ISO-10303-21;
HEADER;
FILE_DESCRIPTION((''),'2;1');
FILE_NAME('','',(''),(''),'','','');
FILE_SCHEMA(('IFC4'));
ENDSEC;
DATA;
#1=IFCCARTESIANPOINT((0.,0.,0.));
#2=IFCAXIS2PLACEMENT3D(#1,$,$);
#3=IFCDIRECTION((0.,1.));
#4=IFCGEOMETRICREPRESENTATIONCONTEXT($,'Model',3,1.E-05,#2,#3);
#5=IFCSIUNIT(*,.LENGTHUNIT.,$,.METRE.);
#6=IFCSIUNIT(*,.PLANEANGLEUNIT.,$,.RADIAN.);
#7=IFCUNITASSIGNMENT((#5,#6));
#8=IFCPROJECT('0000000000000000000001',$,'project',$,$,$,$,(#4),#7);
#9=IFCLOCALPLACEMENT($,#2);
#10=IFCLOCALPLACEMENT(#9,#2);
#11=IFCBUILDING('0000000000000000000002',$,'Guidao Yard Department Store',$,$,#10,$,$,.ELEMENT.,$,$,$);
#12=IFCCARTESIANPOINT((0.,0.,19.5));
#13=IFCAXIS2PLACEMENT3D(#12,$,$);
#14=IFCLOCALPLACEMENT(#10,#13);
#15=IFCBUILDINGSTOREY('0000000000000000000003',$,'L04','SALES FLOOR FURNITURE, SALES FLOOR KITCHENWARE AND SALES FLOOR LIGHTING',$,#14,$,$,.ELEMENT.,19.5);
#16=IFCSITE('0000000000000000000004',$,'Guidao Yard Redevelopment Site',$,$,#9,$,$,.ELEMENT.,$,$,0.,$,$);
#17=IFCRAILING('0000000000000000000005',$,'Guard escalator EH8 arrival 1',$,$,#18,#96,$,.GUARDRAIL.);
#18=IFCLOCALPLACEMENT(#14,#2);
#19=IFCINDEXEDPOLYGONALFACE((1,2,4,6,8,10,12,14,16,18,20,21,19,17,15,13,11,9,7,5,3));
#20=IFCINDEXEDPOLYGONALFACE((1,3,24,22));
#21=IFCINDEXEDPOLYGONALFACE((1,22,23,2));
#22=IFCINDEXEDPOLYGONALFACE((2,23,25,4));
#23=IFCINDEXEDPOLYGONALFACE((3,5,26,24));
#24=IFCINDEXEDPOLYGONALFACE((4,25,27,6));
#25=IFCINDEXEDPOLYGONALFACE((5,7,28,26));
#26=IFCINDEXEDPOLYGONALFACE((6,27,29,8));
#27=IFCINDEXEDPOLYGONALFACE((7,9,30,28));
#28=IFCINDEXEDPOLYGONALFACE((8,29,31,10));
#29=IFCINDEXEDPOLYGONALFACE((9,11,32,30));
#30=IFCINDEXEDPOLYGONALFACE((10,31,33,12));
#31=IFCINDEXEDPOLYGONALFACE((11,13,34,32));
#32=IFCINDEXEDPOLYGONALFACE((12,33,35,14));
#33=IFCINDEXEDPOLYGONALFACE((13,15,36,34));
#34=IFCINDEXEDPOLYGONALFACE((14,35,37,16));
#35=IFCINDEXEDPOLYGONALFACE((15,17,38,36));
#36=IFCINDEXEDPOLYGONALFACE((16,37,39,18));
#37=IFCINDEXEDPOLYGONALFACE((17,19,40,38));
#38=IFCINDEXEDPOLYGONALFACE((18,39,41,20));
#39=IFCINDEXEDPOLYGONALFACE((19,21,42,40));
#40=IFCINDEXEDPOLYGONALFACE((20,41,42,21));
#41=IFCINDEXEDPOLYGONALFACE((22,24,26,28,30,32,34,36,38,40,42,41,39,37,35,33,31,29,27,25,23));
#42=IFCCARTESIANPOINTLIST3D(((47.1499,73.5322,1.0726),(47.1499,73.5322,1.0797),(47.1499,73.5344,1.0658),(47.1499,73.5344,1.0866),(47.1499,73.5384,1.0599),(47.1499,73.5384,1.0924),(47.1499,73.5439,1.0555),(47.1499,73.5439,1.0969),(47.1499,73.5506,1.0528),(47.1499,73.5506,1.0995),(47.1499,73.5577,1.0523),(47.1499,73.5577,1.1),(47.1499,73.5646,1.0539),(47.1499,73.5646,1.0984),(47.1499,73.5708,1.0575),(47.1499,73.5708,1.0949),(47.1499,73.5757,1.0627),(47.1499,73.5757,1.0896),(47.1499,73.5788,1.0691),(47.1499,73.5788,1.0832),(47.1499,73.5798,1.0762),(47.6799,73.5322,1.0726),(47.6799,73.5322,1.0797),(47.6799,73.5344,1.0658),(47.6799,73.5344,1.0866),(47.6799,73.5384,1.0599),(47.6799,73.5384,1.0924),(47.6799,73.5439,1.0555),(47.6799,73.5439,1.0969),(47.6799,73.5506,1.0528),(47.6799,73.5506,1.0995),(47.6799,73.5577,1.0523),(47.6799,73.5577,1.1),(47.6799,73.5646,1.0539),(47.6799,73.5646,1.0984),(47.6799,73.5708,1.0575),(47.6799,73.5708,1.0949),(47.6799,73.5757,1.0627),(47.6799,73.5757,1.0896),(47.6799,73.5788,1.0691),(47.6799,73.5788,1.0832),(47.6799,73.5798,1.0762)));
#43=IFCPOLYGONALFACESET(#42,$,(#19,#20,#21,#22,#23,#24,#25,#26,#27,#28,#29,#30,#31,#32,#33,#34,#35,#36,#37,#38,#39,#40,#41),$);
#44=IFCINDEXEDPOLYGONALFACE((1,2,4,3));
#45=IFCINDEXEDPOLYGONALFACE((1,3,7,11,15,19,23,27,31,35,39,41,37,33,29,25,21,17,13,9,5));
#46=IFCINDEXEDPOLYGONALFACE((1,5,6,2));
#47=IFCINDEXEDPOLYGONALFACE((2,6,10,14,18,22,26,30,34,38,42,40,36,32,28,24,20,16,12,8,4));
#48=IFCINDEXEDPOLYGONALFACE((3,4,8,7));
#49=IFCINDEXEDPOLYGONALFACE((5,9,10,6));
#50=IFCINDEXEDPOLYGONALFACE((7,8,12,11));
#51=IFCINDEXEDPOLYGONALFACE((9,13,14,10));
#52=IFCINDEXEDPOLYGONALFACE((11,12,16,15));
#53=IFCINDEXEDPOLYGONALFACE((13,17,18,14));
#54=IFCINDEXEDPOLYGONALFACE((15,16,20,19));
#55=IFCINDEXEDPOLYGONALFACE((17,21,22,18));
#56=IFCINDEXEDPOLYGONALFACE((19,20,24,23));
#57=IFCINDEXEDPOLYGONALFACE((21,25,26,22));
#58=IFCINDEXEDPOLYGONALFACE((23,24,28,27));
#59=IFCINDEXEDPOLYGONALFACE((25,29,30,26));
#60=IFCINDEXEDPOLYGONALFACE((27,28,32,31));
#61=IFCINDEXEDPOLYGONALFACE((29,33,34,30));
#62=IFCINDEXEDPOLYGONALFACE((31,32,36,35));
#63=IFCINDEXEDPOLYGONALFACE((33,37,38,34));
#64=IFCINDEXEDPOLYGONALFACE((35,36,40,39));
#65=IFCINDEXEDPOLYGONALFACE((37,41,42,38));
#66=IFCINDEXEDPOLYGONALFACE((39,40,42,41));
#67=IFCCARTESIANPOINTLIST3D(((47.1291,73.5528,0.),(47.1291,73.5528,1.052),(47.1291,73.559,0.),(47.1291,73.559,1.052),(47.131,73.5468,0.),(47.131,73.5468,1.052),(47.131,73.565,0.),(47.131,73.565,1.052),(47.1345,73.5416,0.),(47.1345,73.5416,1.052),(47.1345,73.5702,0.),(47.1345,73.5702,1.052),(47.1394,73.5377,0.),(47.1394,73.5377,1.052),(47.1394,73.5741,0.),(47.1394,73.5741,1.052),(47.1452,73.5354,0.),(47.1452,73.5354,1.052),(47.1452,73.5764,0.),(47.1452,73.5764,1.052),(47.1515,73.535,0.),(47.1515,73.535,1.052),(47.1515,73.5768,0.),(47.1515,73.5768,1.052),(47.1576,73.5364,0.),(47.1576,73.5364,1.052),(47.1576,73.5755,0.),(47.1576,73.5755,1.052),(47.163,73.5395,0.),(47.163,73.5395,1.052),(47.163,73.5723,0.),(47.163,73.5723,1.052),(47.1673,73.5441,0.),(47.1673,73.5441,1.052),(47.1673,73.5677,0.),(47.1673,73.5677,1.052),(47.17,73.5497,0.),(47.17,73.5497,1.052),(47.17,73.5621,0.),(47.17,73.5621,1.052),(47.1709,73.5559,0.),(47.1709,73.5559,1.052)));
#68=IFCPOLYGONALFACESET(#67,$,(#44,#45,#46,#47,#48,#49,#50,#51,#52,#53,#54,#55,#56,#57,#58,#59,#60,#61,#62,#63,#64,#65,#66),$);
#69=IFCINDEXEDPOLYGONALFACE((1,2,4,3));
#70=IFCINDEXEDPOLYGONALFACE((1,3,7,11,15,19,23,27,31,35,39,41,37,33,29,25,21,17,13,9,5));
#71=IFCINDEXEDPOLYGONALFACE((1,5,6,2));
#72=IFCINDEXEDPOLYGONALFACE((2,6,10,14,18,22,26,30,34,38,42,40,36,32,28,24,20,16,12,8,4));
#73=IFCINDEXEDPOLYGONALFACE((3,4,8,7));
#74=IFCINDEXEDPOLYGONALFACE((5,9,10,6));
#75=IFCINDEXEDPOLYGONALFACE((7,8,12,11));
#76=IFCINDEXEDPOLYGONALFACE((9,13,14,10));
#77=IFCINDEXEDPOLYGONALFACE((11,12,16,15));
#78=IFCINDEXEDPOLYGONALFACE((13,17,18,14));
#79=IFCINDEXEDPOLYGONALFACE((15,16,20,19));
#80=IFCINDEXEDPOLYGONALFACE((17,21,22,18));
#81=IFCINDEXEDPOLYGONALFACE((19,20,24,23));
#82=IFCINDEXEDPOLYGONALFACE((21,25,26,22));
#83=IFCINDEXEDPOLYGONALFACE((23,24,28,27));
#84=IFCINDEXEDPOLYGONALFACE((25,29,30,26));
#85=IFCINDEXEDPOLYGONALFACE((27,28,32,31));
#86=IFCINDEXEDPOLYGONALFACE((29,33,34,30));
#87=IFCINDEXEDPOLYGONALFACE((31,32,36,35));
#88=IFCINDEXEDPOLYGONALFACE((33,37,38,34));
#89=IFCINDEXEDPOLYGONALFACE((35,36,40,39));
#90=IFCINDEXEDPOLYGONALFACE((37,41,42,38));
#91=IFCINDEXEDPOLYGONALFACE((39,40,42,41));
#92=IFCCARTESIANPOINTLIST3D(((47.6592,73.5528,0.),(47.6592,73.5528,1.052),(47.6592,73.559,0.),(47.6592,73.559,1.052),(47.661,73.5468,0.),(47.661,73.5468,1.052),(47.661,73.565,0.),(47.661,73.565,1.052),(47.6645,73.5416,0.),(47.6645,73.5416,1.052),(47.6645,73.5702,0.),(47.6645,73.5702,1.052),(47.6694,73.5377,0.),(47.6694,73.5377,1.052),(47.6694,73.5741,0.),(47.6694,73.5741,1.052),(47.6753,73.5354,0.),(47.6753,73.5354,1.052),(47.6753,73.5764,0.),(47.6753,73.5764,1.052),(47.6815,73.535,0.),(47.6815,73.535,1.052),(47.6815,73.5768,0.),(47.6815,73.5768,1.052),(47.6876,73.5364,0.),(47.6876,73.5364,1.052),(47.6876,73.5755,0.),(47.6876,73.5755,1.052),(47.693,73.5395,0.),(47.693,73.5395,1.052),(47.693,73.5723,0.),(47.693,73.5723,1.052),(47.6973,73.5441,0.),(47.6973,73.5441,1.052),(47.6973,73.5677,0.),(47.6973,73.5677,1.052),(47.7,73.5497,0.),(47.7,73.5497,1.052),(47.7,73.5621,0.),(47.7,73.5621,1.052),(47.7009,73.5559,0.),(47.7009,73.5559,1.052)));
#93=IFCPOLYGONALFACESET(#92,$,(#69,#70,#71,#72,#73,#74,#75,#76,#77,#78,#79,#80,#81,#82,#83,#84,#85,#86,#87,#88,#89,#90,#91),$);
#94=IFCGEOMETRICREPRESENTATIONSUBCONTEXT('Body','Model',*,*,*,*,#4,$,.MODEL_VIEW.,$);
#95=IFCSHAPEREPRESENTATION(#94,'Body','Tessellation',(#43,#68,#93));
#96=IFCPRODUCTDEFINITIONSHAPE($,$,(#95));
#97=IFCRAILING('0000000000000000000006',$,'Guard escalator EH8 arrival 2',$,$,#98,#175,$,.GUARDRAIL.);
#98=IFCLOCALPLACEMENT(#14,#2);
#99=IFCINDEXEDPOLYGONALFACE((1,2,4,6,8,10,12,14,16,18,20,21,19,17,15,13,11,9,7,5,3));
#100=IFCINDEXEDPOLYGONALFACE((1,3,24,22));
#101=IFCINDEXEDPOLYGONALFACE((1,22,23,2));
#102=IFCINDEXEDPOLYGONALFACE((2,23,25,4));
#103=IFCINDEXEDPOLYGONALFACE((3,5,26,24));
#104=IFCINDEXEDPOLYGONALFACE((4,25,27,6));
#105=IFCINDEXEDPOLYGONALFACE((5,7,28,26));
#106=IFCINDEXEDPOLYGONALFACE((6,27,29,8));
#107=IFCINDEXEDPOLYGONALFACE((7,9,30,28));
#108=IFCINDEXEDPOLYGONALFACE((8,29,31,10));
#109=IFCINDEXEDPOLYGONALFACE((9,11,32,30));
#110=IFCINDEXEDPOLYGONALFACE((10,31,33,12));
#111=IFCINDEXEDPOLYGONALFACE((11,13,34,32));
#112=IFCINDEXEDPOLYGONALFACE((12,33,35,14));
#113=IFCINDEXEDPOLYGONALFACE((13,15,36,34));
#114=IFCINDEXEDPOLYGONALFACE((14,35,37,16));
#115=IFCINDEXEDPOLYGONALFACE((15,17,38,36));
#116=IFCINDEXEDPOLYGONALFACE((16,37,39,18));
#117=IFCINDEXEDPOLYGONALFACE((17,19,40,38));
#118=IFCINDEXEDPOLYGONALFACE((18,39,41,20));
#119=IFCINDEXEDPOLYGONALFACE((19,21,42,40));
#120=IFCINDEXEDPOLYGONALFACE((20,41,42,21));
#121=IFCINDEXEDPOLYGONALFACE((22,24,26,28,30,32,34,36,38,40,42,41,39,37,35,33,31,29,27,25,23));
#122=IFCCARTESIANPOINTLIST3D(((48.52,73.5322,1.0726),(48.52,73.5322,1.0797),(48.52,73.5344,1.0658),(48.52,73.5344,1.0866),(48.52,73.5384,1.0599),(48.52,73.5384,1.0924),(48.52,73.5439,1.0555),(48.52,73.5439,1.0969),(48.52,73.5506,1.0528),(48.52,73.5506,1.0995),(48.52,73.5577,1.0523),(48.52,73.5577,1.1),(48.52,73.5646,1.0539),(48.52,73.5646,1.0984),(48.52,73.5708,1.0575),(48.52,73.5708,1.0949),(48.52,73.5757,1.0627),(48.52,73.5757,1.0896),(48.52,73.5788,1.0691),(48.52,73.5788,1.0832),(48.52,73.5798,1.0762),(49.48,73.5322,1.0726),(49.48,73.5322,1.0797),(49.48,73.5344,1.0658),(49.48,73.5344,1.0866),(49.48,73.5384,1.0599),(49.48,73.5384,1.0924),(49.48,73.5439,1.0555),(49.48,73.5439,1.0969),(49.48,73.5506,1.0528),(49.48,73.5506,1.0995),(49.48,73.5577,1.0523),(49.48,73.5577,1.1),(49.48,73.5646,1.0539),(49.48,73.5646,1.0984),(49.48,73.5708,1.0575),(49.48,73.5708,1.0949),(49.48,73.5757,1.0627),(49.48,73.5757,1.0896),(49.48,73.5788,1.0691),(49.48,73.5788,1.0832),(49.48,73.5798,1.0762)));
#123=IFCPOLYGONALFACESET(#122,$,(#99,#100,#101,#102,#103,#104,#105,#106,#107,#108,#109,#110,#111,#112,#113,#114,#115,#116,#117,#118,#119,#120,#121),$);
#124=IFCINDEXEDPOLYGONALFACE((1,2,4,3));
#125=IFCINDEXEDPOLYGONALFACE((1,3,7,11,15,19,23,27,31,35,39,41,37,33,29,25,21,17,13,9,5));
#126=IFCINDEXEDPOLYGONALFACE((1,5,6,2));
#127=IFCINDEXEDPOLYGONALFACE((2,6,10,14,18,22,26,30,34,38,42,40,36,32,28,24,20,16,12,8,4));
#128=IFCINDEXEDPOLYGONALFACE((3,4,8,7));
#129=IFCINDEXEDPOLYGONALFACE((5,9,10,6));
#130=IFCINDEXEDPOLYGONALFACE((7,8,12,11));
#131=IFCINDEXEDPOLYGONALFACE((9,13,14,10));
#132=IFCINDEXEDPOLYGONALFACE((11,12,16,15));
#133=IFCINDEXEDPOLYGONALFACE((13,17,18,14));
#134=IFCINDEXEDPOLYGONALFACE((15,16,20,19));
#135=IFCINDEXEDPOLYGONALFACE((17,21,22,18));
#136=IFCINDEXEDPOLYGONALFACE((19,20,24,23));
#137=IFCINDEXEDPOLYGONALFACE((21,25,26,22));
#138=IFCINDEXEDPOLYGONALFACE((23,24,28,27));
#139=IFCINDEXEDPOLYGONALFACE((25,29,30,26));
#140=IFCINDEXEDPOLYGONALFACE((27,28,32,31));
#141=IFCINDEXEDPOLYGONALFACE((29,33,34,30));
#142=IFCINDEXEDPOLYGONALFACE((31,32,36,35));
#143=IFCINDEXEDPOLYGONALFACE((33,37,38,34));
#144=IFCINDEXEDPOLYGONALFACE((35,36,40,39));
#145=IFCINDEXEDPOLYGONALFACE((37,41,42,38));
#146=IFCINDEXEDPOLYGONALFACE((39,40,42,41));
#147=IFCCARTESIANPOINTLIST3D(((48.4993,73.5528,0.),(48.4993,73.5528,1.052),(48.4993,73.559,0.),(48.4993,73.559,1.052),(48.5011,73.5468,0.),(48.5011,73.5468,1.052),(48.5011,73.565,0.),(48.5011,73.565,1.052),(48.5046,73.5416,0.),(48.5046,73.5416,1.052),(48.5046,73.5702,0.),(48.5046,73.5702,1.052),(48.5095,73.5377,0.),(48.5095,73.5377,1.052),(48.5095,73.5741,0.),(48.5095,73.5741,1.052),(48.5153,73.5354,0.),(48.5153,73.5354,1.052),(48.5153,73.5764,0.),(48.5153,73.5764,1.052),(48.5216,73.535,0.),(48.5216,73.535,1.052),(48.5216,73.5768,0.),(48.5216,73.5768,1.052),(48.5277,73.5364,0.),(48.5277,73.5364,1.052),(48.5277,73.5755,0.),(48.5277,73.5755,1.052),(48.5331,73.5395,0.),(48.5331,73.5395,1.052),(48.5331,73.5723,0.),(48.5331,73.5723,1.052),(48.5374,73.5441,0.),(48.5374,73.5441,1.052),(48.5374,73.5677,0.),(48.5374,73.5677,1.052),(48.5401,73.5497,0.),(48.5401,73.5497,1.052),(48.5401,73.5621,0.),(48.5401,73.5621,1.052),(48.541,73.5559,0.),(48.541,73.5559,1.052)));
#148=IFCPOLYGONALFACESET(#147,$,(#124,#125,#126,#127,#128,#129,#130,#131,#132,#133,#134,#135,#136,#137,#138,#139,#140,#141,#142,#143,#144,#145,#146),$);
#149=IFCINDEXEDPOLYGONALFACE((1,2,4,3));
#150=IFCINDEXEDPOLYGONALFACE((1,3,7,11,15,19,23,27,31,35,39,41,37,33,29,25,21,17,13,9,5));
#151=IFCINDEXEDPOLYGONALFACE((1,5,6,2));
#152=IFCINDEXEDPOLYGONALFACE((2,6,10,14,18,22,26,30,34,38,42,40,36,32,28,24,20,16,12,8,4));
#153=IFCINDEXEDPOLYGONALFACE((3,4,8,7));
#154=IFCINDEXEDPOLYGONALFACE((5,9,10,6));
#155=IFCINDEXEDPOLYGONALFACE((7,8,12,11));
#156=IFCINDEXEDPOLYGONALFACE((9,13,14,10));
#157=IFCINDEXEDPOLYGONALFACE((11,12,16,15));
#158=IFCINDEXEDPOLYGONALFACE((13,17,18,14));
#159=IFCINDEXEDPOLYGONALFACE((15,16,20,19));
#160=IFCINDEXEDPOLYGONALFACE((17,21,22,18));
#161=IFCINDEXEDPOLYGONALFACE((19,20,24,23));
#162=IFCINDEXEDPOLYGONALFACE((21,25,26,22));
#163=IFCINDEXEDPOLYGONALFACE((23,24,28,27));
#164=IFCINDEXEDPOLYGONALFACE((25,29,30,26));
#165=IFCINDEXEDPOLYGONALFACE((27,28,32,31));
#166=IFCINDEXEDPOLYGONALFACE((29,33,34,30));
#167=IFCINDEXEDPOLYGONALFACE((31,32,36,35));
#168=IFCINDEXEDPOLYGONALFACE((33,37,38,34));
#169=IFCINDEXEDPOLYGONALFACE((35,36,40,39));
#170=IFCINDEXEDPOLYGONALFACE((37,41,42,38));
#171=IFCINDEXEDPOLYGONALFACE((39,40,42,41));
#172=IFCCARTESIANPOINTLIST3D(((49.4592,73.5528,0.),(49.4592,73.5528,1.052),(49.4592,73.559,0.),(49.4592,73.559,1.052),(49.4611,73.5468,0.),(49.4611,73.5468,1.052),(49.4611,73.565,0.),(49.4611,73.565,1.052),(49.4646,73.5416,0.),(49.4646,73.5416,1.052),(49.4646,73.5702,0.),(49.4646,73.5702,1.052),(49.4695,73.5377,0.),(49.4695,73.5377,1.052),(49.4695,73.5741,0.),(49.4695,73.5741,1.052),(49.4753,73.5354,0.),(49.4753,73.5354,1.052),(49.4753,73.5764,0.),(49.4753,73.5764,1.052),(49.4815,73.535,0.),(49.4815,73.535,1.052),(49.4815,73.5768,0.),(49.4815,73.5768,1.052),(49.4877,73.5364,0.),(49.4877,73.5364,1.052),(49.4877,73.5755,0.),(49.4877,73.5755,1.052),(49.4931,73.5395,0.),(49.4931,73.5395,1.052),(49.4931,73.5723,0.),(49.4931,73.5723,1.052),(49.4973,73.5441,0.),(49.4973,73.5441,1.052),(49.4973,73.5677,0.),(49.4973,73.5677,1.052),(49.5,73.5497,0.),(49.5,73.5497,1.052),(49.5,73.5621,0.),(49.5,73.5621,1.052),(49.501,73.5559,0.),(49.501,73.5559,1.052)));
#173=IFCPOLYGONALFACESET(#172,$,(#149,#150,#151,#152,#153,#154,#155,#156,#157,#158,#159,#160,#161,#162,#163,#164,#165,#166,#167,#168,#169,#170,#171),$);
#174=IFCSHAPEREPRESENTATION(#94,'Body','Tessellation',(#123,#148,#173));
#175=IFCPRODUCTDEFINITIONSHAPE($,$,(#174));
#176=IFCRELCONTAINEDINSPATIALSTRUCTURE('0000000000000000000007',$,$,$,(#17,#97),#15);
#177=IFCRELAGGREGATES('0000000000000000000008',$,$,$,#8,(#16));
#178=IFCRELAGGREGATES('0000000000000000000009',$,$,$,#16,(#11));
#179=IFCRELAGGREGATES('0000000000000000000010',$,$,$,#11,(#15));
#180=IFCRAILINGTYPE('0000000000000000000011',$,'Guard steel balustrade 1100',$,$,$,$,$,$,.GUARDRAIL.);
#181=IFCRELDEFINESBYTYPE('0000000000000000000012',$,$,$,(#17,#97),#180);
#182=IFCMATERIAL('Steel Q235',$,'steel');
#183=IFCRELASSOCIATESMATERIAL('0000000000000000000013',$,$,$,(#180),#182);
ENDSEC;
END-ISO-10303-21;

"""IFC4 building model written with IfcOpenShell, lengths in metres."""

from ifc_helpers import new_model, si_unit, direction, frame, origin, origin_2d, place, context, subcontext, project, spatial, circle, extrude, material, type_object, element, save


model = new_model("IFC4")

# Units and contexts
model_context = context("Model", 3, precision=1e-05, world=origin(), true_north=direction((0.0, 1.0)))
body_context = subcontext(model_context, "Body", "Model", "MODEL_VIEW")
ifc_project = project(units=[si_unit("LENGTHUNIT", "METRE"), si_unit("PLANEANGLEUNIT", "RADIAN")], contexts=[model_context])

# Site, building, storey
site_placement = place(None, origin())
site = spatial("IfcSite", under=ifc_project, at=site_placement, Name="Guidao Yard Redevelopment Site", CompositionType="ELEMENT", RefElevation=0.0)
building_placement = place(site_placement, origin())
building = spatial("IfcBuilding", under=site, at=building_placement, Name="Guidao Yard Department Store", CompositionType="ELEMENT")
storey_placement = place(building_placement, frame((0.0, 0.0, 19.5)))
storey = spatial("IfcBuildingStorey", under=building, at=storey_placement, Name="L04", Description="SALES FLOOR FURNITURE, SALES FLOOR KITCHENWARE AND SALES FLOOR LIGHTING", CompositionType="ELEMENT", Elevation=19.5)

# Railings
ifc_material_1 = material(Name="Steel Q235", Category="steel")
railing_type_1 = type_object("IfcRailingType", Name="Guard steel balustrade 1100", PredefinedType="GUARDRAIL", material=ifc_material_1)
railing_1_placement = place(storey_placement, frame((47.1499, 73.5559, 0.0)))
element("IfcRailing", 1, at=railing_1_placement, inside=storey, type_object=railing_type_1, Name="Guard escalator EH8 arrival 1", PredefinedType="GUARDRAIL", context=body_context, shape_type="SweptSolid", body=[
    extrude(circle(Radius=0.0239, at=origin_2d()), frame((0.0, 0.0, 1.0762), z_axis=(1.0, 0.0, 0.0), x_axis=(0.0, 1.0, 0.0)), (0.0, 0.0, 1.0), 0.53),
    extrude(circle(Radius=0.021, at=origin_2d()), origin(), (0.0, 0.0, 1.0), 1.052),
    extrude(circle(Radius=0.021, at=origin_2d()), frame((0.53, 0.0, 0.0)), (0.0, 0.0, 1.0), 1.052),
])
railing_2_placement = place(storey_placement, frame((48.52, 73.5559, 0.0)))
element("IfcRailing", 2, at=railing_2_placement, inside=storey, type_object=railing_type_1, Name="Guard escalator EH8 arrival 2", PredefinedType="GUARDRAIL", context=body_context, shape_type="SweptSolid", body=[
    extrude(circle(Radius=0.0239, at=origin_2d()), frame((0.0, 0.0, 1.0762), z_axis=(1.0, 0.0, 0.0), x_axis=(0.0, 1.0, 0.0)), (0.0, 0.0, 1.0), 0.96),
    extrude(circle(Radius=0.021, at=origin_2d()), origin(), (0.0, 0.0, 1.0), 1.052),
    extrude(circle(Radius=0.021, at=origin_2d()), frame((0.96, 0.0, 0.0)), (0.0, 0.0, 1.0), 1.052),
])

save(model, "model.ifc")
